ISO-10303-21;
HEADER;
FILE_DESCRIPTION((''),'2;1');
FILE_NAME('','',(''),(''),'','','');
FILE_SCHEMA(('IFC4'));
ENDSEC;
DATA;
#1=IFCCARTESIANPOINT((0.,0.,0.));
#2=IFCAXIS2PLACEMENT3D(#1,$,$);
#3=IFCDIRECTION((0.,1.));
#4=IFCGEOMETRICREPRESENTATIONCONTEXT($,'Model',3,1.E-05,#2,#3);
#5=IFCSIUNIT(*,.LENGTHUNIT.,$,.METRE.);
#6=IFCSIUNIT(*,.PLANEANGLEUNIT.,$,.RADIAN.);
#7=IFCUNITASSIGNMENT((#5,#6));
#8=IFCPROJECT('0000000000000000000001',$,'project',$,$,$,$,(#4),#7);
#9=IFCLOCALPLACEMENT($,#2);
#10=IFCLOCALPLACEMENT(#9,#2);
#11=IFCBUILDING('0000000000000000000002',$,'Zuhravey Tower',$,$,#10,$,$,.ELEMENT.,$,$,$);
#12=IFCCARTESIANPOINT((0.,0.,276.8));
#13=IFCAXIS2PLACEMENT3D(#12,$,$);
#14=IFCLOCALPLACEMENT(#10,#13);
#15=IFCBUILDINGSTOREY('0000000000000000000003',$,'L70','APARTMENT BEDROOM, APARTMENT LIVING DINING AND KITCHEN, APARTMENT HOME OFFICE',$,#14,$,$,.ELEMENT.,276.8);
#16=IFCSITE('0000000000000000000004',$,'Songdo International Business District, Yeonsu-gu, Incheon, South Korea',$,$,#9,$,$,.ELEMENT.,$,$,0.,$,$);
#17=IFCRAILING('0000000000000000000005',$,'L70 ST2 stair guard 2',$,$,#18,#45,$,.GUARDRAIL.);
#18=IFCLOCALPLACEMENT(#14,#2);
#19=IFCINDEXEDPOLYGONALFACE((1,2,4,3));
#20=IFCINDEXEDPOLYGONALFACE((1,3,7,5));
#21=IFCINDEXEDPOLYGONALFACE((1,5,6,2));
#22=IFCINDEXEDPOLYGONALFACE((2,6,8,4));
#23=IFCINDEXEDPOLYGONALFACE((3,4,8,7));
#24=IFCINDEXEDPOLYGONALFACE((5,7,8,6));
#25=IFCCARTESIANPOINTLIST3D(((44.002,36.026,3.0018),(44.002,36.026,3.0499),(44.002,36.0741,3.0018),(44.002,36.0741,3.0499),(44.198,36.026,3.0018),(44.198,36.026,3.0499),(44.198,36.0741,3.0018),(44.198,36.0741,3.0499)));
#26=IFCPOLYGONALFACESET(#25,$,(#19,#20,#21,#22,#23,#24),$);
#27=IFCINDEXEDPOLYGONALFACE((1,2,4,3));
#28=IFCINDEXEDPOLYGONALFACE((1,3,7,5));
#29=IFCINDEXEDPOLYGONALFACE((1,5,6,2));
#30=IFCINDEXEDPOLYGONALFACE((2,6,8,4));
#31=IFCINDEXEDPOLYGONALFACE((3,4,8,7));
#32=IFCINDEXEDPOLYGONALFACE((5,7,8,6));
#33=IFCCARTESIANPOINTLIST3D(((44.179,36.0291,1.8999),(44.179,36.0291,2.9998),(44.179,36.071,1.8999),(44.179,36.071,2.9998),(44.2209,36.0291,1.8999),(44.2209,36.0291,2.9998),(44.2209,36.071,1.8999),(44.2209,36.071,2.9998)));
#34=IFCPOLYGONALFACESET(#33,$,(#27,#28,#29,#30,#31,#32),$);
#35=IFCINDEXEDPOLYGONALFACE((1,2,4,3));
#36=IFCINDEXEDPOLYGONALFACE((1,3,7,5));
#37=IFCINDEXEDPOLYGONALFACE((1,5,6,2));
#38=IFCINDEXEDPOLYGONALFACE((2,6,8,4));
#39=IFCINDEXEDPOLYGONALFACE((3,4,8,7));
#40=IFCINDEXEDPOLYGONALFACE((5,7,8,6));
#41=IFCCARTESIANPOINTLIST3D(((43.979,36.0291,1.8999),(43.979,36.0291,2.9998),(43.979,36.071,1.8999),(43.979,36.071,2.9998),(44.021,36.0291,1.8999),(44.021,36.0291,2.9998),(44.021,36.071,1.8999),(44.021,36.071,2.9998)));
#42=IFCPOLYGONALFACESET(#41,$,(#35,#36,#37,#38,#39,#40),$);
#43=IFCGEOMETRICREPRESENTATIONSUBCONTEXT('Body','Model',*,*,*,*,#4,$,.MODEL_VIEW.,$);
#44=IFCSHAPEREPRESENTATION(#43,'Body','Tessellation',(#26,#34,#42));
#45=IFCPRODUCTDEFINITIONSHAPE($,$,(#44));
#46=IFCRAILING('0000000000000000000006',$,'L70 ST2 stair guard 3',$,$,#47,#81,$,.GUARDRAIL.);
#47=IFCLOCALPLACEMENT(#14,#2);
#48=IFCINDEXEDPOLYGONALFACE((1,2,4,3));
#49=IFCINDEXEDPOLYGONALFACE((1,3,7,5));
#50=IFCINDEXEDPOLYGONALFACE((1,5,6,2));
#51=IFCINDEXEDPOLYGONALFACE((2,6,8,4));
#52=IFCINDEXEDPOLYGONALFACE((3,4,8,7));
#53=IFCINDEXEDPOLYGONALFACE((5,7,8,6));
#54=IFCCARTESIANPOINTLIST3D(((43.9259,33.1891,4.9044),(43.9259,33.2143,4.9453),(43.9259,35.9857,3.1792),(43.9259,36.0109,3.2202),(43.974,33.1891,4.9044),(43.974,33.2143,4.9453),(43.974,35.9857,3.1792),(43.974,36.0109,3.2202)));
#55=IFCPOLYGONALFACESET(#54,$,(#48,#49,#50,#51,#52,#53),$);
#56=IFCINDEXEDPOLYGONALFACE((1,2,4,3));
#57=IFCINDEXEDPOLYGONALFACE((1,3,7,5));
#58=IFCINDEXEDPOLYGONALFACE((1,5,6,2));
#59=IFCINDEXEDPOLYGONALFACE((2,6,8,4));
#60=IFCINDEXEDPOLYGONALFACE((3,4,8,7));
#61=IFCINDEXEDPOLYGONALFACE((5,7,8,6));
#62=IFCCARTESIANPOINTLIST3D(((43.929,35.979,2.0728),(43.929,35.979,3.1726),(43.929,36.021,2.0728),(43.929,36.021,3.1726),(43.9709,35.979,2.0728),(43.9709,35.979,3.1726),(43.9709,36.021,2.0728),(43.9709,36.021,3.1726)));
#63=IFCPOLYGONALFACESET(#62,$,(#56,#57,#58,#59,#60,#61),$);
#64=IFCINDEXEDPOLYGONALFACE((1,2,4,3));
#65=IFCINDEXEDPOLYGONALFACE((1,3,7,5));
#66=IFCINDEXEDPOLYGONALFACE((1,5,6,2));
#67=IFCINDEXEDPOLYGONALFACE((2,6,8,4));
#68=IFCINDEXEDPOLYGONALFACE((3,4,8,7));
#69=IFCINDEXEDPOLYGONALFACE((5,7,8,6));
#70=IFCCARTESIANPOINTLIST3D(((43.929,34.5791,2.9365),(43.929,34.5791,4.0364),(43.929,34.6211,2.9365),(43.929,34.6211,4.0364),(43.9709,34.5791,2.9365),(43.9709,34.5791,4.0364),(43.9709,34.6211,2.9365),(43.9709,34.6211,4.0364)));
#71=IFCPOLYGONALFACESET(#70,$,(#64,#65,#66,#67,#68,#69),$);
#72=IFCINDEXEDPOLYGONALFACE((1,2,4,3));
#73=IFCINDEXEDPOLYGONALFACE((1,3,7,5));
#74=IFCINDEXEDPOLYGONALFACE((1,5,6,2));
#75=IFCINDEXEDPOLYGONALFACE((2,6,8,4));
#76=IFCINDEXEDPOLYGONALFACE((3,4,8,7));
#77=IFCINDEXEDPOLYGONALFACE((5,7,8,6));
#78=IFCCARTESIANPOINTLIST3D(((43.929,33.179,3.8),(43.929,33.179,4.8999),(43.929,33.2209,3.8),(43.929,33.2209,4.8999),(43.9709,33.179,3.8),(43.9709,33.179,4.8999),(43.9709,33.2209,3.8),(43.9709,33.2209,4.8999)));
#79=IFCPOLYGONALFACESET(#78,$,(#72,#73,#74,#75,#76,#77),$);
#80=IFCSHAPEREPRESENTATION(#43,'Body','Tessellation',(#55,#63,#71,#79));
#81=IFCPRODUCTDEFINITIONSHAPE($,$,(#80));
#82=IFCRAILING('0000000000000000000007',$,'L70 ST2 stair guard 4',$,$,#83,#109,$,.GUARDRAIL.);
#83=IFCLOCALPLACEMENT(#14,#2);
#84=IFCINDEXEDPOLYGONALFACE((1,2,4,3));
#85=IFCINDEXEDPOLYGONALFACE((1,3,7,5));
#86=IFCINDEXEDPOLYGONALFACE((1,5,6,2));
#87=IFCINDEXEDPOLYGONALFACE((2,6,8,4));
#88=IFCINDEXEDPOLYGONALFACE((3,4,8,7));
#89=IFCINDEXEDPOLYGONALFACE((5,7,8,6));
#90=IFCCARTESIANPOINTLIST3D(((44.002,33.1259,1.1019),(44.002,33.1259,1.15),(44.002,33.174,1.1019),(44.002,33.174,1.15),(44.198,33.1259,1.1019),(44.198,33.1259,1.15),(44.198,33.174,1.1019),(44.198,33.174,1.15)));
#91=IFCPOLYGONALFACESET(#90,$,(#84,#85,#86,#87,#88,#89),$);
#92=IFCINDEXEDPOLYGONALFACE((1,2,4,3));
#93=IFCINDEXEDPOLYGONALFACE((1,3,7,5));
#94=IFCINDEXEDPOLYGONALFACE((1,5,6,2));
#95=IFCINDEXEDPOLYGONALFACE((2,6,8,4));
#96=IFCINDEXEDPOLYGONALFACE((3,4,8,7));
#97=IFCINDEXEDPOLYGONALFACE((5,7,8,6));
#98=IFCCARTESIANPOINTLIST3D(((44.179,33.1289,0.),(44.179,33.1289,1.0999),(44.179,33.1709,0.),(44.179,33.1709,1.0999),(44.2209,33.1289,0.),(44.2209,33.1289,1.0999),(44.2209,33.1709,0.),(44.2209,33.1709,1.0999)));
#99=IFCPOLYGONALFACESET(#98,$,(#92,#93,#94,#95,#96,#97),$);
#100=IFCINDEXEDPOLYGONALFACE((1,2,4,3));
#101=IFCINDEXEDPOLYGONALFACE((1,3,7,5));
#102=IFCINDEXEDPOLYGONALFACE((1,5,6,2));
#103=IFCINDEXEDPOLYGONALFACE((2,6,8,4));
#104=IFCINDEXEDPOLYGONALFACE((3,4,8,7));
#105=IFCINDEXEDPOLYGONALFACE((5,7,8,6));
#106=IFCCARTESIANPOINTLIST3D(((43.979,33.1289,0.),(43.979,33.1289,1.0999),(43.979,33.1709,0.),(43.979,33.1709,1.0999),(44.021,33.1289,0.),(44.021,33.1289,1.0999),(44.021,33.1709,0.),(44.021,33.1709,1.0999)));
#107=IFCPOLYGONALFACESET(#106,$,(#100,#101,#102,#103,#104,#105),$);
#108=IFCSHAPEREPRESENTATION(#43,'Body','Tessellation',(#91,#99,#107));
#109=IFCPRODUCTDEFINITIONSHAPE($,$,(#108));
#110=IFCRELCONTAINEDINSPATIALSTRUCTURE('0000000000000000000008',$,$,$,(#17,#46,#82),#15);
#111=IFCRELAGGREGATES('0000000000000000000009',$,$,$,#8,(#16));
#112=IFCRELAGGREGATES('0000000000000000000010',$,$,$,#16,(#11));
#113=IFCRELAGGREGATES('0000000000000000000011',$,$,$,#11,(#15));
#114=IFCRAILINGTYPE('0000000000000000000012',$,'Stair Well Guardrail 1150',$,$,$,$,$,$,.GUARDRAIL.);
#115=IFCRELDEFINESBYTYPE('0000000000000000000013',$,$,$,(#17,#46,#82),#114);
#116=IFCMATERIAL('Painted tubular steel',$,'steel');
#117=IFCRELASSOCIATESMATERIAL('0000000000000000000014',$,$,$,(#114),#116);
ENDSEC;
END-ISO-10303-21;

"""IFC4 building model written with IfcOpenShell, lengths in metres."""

from ifc_helpers import new_model, si_unit, direction, frame, origin, origin_2d, place, context, subcontext, project, spatial, rectangle, extrude, material, type_object, element, save


model = new_model("IFC4")

# Units and contexts
model_context = context("Model", 3, precision=1e-05, world=origin(), true_north=direction((0.0, 1.0)))
body_context = subcontext(model_context, "Body", "Model", "MODEL_VIEW")
ifc_project = project(units=[si_unit("LENGTHUNIT", "METRE"), si_unit("PLANEANGLEUNIT", "RADIAN")], contexts=[model_context])

# Site, building, storey
site_placement = place(None, origin())
site = spatial("IfcSite", under=ifc_project, at=site_placement, Name="Songdo International Business District, Yeonsu-gu, Incheon, South Korea", CompositionType="ELEMENT", RefElevation=0.0)
building_placement = place(site_placement, origin())
building = spatial("IfcBuilding", under=site, at=building_placement, Name="Zuhravey Tower", CompositionType="ELEMENT")
storey_placement = place(building_placement, frame((0.0, 0.0, 276.8)))
storey = spatial("IfcBuildingStorey", under=building, at=storey_placement, Name="L70", Description="APARTMENT BEDROOM, APARTMENT LIVING DINING AND KITCHEN, APARTMENT HOME OFFICE", CompositionType="ELEMENT", Elevation=276.8)

# Railings
ifc_material_1 = material(Name="Painted tubular steel", Category="steel")
railing_type_1 = type_object("IfcRailingType", Name="Stair Well Guardrail 1150", PredefinedType="GUARDRAIL", material=ifc_material_1)
railing_1_placement = place(storey_placement, frame((44.2, 36.05, 1.8999)))
element("IfcRailing", 1, at=railing_1_placement, inside=storey, type_object=railing_type_1, Name="L70 ST2 stair guard 2", PredefinedType="GUARDRAIL", context=body_context, shape_type="SweptSolid", body=[
    extrude(rectangle(XDim=0.0481, YDim=0.0481, at=origin_2d()), frame((-0.002, 0.0, 1.126), z_axis=(-1.0, 0.0, 0.0), x_axis=(0.0, -1.0, 0.0)), (0.0, 0.0, 1.0), 0.196),
    extrude(rectangle(XDim=0.042, YDim=0.042, at=origin_2d()), origin(), (0.0, 0.0, 1.0), 1.0999),
    extrude(rectangle(XDim=0.042, YDim=0.042, at=origin_2d()), frame((-0.2, 0.0, 0.0)), (0.0, 0.0, 1.0), 1.0999),
])
railing_2_placement = place(storey_placement, frame((43.95, 36.0, 2.0728)))
element("IfcRailing", 2, at=railing_2_placement, inside=storey, type_object=railing_type_1, Name="L70 ST2 stair guard 3", PredefinedType="GUARDRAIL", context=body_context, shape_type="SweptSolid", body=[
    extrude(rectangle(XDim=0.0481, YDim=0.0481, at=origin_2d()), frame((0.0, -0.0017, 1.127), z_axis=(0.0, -0.85109, 0.52502), x_axis=(1.0, 0.0, 0.0)), (0.0, 0.0, 1.0), 3.2859),
    extrude(rectangle(XDim=0.042, YDim=0.042, at=origin_2d()), origin(), (0.0, 0.0, 1.0), 1.0999),
    extrude(rectangle(XDim=0.042, YDim=0.042, at=origin_2d()), frame((0.0, -1.3999, 0.8638)), (0.0, 0.0, 1.0), 1.0999),
    extrude(rectangle(XDim=0.042, YDim=0.042, at=origin_2d()), frame((0.0, -2.8, 1.7273)), (0.0, 0.0, 1.0), 1.0999),
])
railing_3_placement = place(storey_placement, frame((44.2, 33.1499, 0.0)))
element("IfcRailing", 3, at=railing_3_placement, inside=storey, type_object=railing_type_1, Name="L70 ST2 stair guard 4", PredefinedType="GUARDRAIL", context=body_context, shape_type="SweptSolid", body=[
    extrude(rectangle(XDim=0.0481, YDim=0.0481, at=origin_2d()), frame((-0.002, 0.0, 1.126), z_axis=(-1.0, 0.0, 0.0), x_axis=(0.0, -1.0, 0.0)), (0.0, 0.0, 1.0), 0.196),
    extrude(rectangle(XDim=0.042, YDim=0.042, at=origin_2d()), origin(), (0.0, 0.0, 1.0), 1.0999),
    extrude(rectangle(XDim=0.042, YDim=0.042, at=origin_2d()), frame((-0.2, 0.0, 0.0)), (0.0, 0.0, 1.0), 1.0999),
])

save(model, "model.ifc")
